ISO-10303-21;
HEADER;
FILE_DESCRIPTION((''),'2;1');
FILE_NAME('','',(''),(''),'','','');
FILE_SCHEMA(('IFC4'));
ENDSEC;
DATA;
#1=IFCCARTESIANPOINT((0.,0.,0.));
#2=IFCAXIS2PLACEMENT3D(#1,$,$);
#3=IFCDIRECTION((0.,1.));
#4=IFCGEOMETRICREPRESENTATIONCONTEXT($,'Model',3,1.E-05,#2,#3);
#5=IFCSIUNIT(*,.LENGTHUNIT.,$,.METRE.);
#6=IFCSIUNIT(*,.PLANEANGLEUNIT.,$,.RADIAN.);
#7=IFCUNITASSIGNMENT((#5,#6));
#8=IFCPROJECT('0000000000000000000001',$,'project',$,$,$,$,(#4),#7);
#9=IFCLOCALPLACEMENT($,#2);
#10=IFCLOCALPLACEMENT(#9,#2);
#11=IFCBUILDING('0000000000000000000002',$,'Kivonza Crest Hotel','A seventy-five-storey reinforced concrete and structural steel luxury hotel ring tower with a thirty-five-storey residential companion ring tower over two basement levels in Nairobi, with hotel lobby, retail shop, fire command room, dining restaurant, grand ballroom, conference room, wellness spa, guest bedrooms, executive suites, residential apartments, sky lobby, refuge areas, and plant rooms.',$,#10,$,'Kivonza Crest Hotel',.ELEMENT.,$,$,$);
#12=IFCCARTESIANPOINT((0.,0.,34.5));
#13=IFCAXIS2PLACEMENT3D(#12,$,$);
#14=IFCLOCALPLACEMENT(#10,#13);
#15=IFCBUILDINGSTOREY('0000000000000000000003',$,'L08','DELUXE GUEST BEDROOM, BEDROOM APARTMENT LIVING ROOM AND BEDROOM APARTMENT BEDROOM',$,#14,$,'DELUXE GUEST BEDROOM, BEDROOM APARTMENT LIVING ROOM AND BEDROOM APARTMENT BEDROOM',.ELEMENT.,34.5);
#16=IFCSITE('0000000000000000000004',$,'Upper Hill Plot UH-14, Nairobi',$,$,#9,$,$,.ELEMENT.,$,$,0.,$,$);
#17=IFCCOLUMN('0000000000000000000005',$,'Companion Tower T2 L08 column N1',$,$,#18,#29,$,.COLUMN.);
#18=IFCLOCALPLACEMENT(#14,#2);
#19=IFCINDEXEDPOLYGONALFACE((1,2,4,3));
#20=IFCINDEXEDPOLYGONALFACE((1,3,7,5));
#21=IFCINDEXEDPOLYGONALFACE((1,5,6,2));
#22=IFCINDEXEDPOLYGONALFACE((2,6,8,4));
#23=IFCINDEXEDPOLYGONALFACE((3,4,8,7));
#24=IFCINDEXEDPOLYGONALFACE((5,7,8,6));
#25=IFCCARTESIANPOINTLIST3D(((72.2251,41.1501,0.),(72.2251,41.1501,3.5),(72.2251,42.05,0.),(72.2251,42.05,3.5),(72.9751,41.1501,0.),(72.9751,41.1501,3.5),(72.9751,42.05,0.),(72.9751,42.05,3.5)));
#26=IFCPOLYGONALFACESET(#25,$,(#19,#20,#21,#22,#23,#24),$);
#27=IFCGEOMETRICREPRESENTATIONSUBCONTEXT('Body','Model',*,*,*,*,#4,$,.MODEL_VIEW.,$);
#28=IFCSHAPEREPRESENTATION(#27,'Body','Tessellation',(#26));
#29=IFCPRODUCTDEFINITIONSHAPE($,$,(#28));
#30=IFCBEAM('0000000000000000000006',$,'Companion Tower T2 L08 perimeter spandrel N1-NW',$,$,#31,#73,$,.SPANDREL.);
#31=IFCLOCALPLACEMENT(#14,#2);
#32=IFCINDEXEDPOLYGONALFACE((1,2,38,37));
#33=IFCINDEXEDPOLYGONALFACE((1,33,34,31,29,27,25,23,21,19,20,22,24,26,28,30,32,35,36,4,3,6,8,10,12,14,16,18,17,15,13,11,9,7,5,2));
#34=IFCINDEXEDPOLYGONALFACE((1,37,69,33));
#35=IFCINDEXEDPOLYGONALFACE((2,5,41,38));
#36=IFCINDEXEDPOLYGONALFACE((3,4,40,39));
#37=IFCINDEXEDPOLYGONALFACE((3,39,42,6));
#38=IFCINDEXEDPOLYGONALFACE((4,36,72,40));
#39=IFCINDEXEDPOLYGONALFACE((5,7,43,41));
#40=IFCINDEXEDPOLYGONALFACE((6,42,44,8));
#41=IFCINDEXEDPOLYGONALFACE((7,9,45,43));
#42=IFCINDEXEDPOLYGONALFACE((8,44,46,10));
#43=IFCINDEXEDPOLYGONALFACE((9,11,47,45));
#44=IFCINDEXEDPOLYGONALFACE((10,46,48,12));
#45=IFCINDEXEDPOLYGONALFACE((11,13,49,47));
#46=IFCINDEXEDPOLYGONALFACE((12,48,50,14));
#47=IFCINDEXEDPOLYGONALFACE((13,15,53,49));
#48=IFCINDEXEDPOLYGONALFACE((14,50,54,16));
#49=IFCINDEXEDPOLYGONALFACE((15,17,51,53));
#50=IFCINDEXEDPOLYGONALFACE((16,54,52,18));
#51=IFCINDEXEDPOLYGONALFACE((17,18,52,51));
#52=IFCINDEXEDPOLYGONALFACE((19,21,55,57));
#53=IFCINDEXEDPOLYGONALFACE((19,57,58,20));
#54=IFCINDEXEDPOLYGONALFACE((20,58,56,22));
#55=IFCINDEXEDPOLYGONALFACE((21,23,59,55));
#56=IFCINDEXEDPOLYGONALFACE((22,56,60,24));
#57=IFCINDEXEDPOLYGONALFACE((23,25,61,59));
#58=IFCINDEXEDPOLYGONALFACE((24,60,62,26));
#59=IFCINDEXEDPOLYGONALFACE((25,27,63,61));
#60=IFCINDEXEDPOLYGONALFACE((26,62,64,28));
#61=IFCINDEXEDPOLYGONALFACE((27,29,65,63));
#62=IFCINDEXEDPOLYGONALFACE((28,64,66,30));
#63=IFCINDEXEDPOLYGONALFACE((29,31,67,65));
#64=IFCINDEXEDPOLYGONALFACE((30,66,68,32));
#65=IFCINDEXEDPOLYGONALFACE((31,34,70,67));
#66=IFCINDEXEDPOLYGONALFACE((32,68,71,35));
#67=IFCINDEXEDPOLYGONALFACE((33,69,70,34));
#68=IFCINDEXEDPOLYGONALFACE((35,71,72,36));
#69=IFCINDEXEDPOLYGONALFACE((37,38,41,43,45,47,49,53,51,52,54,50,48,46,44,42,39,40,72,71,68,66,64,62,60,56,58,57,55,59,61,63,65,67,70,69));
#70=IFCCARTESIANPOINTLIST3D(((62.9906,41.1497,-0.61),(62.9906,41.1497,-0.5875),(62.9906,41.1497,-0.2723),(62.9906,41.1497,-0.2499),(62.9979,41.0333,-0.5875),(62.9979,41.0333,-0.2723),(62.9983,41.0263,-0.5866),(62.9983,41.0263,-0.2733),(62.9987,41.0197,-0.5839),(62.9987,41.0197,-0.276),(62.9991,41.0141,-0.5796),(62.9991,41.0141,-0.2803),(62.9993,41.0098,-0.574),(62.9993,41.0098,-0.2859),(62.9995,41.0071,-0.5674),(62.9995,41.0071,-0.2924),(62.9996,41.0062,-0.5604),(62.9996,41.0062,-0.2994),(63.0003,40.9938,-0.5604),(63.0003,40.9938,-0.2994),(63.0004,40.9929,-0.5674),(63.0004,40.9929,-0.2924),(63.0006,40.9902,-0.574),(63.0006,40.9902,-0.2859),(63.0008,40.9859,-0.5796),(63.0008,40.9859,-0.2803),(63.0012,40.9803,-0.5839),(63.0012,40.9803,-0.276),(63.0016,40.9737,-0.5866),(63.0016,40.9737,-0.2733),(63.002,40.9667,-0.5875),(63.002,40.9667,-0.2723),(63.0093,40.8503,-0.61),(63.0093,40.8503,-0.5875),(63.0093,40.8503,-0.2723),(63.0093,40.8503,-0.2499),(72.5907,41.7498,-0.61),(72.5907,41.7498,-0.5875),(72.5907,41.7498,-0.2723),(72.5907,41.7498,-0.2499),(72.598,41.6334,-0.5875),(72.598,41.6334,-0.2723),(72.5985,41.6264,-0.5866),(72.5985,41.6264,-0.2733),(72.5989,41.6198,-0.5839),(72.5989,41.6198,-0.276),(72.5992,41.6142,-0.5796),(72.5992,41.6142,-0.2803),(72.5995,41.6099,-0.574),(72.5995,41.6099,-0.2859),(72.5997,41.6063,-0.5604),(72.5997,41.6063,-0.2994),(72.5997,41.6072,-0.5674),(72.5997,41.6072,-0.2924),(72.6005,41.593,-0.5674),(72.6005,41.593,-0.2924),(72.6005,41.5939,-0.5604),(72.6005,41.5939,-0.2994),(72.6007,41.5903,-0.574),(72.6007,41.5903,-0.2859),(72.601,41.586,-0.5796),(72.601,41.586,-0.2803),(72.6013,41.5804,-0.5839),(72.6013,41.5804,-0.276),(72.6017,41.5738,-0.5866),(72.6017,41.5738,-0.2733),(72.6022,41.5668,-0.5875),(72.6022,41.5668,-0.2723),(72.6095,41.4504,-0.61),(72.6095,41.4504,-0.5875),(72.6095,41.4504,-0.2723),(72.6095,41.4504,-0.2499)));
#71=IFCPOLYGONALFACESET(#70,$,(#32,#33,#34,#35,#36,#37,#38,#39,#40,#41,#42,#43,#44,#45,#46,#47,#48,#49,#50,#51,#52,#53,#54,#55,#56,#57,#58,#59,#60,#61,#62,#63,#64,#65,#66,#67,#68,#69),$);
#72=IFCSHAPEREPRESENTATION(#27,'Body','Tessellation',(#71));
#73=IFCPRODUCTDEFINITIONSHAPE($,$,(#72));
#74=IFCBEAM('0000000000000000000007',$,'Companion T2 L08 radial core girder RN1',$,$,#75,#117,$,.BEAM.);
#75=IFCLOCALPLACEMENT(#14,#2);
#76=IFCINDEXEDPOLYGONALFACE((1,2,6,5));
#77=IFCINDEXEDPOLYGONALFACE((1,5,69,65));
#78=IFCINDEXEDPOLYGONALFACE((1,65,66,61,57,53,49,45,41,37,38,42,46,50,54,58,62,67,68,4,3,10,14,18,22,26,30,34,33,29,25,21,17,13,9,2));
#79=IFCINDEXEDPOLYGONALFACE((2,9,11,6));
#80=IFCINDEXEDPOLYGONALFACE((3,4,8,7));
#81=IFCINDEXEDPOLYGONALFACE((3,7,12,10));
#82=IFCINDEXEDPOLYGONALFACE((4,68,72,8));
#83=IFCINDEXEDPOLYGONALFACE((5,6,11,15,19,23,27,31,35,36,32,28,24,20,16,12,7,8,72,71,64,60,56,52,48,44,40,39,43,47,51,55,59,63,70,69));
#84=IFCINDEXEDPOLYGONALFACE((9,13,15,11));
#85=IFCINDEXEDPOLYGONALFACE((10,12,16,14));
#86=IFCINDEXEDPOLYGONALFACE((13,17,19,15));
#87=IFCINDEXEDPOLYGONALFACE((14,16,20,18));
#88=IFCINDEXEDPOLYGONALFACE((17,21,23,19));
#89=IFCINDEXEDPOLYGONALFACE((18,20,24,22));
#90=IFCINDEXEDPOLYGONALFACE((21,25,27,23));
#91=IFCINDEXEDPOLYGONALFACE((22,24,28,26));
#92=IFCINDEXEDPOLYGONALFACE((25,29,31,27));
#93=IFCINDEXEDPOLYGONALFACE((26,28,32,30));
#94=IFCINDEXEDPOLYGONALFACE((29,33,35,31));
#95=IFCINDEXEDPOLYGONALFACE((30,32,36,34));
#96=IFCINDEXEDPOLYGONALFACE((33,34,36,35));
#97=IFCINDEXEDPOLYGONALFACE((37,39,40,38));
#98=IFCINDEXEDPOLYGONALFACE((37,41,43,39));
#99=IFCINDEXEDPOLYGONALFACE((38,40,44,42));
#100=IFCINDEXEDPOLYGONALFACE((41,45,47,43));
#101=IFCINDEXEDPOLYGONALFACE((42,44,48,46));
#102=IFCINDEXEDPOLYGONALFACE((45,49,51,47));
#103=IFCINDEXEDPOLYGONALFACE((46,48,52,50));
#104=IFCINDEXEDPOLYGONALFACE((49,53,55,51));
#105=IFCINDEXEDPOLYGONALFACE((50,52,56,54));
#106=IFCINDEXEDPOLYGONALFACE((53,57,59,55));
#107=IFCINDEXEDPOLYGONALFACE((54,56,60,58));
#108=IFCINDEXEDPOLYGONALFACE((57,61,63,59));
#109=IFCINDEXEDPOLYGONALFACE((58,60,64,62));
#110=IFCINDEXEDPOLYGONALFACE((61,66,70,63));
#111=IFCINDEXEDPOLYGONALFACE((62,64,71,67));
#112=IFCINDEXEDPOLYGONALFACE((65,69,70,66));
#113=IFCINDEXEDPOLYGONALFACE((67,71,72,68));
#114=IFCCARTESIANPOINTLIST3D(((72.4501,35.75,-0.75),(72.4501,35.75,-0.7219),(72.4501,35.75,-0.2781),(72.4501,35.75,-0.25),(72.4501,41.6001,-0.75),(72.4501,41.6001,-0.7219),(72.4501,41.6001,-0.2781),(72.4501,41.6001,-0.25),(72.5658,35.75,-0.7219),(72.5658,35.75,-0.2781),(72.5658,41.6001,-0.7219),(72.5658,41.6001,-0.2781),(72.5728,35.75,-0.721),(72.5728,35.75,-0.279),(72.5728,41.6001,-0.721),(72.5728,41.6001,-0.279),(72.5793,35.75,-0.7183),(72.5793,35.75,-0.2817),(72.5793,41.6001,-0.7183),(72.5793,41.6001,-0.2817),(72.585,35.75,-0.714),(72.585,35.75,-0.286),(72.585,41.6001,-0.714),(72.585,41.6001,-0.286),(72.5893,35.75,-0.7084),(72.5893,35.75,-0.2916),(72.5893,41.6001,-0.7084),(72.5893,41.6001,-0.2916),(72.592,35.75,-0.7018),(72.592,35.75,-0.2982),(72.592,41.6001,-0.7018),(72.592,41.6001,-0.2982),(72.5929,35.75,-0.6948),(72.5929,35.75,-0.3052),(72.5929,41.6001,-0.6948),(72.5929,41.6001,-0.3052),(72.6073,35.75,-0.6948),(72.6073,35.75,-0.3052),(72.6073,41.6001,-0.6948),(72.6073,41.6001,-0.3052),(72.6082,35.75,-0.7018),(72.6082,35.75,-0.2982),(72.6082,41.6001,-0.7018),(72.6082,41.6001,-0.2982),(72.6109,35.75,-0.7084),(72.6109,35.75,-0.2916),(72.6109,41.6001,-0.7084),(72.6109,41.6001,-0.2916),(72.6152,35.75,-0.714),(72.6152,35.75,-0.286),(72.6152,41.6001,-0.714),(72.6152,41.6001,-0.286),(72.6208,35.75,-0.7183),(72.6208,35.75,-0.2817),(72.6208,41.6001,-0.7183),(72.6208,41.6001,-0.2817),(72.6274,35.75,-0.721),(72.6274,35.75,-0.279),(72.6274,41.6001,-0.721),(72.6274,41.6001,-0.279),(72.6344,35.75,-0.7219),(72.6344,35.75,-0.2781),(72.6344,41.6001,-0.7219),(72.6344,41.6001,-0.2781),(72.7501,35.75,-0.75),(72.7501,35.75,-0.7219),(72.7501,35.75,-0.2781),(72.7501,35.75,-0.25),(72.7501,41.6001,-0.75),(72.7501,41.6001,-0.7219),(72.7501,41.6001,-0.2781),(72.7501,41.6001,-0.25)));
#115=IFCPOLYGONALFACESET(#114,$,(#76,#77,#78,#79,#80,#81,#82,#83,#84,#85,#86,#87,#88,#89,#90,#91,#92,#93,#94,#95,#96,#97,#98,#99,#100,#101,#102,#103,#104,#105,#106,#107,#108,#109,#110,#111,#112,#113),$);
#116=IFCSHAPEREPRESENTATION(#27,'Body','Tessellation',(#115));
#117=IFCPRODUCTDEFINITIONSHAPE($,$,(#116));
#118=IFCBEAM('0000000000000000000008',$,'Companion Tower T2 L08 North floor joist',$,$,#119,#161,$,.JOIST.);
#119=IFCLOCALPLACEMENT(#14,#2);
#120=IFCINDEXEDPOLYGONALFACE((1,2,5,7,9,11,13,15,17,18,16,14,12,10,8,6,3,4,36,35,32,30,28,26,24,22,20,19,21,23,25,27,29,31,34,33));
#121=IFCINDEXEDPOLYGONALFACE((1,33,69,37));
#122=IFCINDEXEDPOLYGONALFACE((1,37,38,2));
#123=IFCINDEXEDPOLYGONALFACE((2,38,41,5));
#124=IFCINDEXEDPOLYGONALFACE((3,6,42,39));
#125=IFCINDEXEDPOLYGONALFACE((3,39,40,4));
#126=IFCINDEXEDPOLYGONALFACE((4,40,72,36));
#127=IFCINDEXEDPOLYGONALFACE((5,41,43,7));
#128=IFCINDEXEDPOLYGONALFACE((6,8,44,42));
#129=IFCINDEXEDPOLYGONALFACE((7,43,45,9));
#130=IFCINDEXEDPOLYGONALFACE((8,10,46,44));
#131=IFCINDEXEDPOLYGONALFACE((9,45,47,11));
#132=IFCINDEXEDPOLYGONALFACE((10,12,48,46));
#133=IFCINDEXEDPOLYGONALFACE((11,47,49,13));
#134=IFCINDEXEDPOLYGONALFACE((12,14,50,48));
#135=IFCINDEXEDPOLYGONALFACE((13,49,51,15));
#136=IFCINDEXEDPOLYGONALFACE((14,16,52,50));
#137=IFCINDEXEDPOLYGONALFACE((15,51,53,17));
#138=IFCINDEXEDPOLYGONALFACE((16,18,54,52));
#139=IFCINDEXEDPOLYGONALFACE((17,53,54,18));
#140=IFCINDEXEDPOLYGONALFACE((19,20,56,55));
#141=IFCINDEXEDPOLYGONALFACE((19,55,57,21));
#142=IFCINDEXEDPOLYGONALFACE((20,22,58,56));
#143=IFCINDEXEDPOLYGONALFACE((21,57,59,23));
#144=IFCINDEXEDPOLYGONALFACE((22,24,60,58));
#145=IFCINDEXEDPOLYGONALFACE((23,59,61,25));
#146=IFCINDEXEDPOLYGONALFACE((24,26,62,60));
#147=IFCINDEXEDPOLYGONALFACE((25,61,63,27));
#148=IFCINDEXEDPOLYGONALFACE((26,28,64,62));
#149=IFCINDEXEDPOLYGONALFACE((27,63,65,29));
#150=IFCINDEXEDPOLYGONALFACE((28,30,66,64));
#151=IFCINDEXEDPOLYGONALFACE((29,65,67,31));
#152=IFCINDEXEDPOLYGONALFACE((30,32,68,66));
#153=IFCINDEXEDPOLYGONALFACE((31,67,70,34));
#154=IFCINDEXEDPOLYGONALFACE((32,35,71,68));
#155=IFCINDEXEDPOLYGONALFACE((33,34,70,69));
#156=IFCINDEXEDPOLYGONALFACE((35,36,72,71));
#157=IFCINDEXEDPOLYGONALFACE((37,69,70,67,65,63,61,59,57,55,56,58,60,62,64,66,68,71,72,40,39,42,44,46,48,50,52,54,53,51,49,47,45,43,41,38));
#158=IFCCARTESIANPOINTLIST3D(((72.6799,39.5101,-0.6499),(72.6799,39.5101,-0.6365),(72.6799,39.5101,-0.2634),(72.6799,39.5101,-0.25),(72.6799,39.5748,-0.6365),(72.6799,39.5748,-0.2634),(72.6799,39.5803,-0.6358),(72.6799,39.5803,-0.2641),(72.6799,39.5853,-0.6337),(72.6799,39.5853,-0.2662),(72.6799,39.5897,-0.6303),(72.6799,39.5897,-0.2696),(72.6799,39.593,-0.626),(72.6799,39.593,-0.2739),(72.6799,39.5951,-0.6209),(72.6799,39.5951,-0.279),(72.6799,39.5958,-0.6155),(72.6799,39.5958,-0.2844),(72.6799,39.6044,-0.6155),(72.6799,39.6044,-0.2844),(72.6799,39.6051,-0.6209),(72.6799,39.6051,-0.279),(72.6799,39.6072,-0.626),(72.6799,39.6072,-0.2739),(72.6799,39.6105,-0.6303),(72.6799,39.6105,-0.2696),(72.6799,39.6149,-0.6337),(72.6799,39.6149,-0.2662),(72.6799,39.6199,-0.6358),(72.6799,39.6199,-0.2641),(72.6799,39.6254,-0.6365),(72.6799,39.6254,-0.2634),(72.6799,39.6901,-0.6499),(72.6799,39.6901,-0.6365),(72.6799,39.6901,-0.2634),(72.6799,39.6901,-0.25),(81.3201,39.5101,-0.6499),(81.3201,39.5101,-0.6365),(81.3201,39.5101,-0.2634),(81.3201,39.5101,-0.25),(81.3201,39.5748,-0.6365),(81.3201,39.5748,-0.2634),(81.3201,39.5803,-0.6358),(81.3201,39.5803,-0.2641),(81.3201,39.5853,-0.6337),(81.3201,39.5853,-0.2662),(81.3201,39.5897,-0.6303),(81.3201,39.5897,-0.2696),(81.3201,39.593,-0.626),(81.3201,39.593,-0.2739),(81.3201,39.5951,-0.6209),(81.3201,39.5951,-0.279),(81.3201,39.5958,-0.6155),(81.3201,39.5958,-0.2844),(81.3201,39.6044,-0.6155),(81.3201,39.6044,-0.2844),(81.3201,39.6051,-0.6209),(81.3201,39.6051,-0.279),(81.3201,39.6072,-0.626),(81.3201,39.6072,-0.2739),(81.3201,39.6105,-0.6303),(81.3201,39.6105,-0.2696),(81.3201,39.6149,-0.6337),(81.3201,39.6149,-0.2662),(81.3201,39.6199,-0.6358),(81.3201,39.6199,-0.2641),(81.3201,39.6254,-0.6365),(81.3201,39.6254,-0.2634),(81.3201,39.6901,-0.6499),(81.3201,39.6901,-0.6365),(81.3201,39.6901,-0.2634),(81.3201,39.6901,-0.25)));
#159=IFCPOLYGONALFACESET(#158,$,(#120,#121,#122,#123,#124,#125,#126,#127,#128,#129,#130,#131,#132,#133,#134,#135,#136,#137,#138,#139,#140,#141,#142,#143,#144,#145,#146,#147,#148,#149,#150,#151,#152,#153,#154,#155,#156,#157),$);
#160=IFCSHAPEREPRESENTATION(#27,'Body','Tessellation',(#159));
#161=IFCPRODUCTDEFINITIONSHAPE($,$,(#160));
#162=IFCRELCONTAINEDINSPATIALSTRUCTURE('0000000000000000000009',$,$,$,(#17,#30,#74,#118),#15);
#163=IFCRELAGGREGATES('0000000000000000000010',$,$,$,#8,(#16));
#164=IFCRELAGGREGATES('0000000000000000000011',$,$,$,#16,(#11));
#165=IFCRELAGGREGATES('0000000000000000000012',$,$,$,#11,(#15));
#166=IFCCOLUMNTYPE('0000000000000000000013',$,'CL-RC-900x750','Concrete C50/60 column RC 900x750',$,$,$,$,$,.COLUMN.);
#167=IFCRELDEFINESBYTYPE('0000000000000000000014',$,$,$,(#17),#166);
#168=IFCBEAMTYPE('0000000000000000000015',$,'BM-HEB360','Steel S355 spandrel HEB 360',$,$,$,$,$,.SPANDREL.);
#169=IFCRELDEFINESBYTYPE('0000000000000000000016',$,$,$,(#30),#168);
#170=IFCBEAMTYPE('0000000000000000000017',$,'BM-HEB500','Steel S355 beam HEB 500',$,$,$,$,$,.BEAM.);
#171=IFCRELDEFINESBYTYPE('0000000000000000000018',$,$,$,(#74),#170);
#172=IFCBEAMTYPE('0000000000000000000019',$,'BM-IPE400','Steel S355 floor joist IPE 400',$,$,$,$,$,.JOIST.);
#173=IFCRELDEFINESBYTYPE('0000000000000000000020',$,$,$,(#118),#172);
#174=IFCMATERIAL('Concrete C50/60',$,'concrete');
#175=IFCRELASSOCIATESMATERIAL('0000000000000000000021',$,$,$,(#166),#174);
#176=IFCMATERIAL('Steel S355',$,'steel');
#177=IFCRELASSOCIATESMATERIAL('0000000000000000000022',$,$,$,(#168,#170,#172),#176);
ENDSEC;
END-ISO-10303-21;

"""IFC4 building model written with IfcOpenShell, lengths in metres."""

from ifc_helpers import new_model, si_unit, direction, frame, origin, origin_2d, place, context, subcontext, project, spatial, rectangle, i_section, extrude, material, material_profile, profile_set, type_object, element, save


model = new_model("IFC4")

# Units and contexts
model_context = context("Model", 3, precision=1e-05, world=origin(), true_north=direction((0.0, 1.0)))
body_context = subcontext(model_context, "Body", "Model", "MODEL_VIEW")
ifc_project = project(units=[si_unit("LENGTHUNIT", "METRE"), si_unit("PLANEANGLEUNIT", "RADIAN")], contexts=[model_context])

# Site, building, storey
site_placement = place(None, origin())
site = spatial("IfcSite", under=ifc_project, at=site_placement, Name="Upper Hill Plot UH-14, Nairobi", CompositionType="ELEMENT", RefElevation=0.0)
building_placement = place(site_placement, origin())
building = spatial("IfcBuilding", under=site, at=building_placement, Name="Kivonza Crest Hotel", Description="A seventy-five-storey reinforced concrete and structural steel luxury hotel ring tower with a thirty-five-storey residential companion ring tower over two basement levels in Nairobi, with hotel lobby, retail shop, fire command room, dining restaurant, grand ballroom, conference room, wellness spa, guest bedrooms, executive suites, residential apartments, sky lobby, refuge areas, and plant rooms.", LongName="Kivonza Crest Hotel", CompositionType="ELEMENT")
storey_placement = place(building_placement, frame((0.0, 0.0, 34.5)))
storey = spatial("IfcBuildingStorey", under=building, at=storey_placement, Name="L08", Description="DELUXE GUEST BEDROOM, BEDROOM APARTMENT LIVING ROOM AND BEDROOM APARTMENT BEDROOM", LongName="DELUXE GUEST BEDROOM, BEDROOM APARTMENT LIVING ROOM AND BEDROOM APARTMENT BEDROOM", CompositionType="ELEMENT", Elevation=34.5)

# Column
ifc_material_1 = material(Name="Concrete C50/60", Category="concrete")
ifc_material_profile_1 = material_profile(ifc_material_1, rectangle(XDim=0.75, YDim=0.8999, at=origin_2d()), Name="RC 900x750")
ifc_profile_set_1 = profile_set([ifc_material_profile_1], Name="Concrete C50/60")
column_type = type_object("IfcColumnType", Name="CL-RC-900x750", Description="Concrete C50/60 column RC 900x750", PredefinedType="COLUMN", material=ifc_profile_set_1)
column_placement = place(storey_placement, frame((72.6001, 41.6001, 0.0), z_axis=(0.0, 0.0, 1.0), x_axis=(1.0, 0.0, 0.0)))
element("IfcColumn", 1, at=column_placement, inside=storey, type_object=column_type, Name="Companion Tower T2 L08 column N1", PredefinedType="COLUMN", context=body_context, shape_type="SweptSolid", body=[
    extrude(rectangle(XDim=0.75, YDim=0.8999, at=origin_2d()), origin(), (0.0, 0.0, 1.0), 3.5),
])

# Beams
ifc_material_2 = material(Name="Steel S355", Category="steel")
ifc_material_profile_2 = material_profile(ifc_material_2, i_section(OverallWidth=0.3, OverallDepth=0.3601, WebThickness=0.0125, FlangeThickness=0.0225, FilletRadius=0.0271, at=origin_2d()), Name="HEB 360")
ifc_profile_set_2 = profile_set([ifc_material_profile_2], Name="Steel S355")
beam_type_1 = type_object("IfcBeamType", Name="BM-HEB360", Description="Steel S355 spandrel HEB 360", PredefinedType="SPANDREL", material=ifc_profile_set_2)
beam_1_placement = place(storey_placement, frame((72.6001, 41.6001, -0.4299), z_axis=(-0.998052, -0.062388, 0.0), x_axis=(0.062388, -0.998052, 0.0)))
element("IfcBeam", 2, at=beam_1_placement, inside=storey, type_object=beam_type_1, Name="Companion Tower T2 L08 perimeter spandrel N1-NW", PredefinedType="SPANDREL", context=body_context, shape_type="SweptSolid", body=[
    extrude(i_section(OverallWidth=0.3, OverallDepth=0.3601, WebThickness=0.0125, FlangeThickness=0.0225, FilletRadius=0.0271, at=origin_2d()), origin(), (0.0, 0.0, 1.0), 9.6189),
])
ifc_material_profile_3 = material_profile(ifc_material_2, i_section(OverallWidth=0.3, OverallDepth=0.5, WebThickness=0.0144, FlangeThickness=0.0281, FilletRadius=0.0271, at=origin_2d()), Name="HEB 500")
ifc_profile_set_3 = profile_set([ifc_material_profile_3], Name="Steel S355")
beam_type_2 = type_object("IfcBeamType", Name="BM-HEB500", Description="Steel S355 beam HEB 500", PredefinedType="BEAM", material=ifc_profile_set_3)
beam_2_placement = place(storey_placement, frame((72.6001, 41.6001, -0.5), z_axis=(0.0, -1.0, 0.0), x_axis=(1.0, 0.0, 0.0)))
element("IfcBeam", 3, at=beam_2_placement, inside=storey, type_object=beam_type_2, Name="Companion T2 L08 radial core girder RN1", PredefinedType="BEAM", context=body_context, shape_type="SweptSolid", body=[
    extrude(i_section(OverallWidth=0.3, OverallDepth=0.5, WebThickness=0.0144, FlangeThickness=0.0281, FilletRadius=0.0271, at=origin_2d()), origin(), (0.0, 0.0, 1.0), 5.8501),
])
ifc_material_profile_4 = material_profile(ifc_material_2, i_section(OverallWidth=0.1799, OverallDepth=0.3999, WebThickness=0.0085, FlangeThickness=0.0134, FilletRadius=0.021, at=origin_2d()), Name="IPE 400")
ifc_profile_set_4 = profile_set([ifc_material_profile_4], Name="Steel S355")
beam_type_3 = type_object("IfcBeamType", Name="BM-IPE400", Description="Steel S355 floor joist IPE 400", PredefinedType="JOIST", material=ifc_profile_set_4)
beam_3_placement = place(storey_placement, frame((72.6799, 39.6001, -0.45), z_axis=(1.0, 0.0, 0.0), x_axis=(0.0, 1.0, 0.0)))
element("IfcBeam", 4, at=beam_3_placement, inside=storey, type_object=beam_type_3, Name="Companion Tower T2 L08 North floor joist", PredefinedType="JOIST", context=body_context, shape_type="SweptSolid", body=[
    extrude(i_section(OverallWidth=0.1799, OverallDepth=0.3999, WebThickness=0.0085, FlangeThickness=0.0134, FilletRadius=0.021, at=origin_2d()), origin(), (0.0, 0.0, 1.0), 8.6401),
])

save(model, "model.ifc")
